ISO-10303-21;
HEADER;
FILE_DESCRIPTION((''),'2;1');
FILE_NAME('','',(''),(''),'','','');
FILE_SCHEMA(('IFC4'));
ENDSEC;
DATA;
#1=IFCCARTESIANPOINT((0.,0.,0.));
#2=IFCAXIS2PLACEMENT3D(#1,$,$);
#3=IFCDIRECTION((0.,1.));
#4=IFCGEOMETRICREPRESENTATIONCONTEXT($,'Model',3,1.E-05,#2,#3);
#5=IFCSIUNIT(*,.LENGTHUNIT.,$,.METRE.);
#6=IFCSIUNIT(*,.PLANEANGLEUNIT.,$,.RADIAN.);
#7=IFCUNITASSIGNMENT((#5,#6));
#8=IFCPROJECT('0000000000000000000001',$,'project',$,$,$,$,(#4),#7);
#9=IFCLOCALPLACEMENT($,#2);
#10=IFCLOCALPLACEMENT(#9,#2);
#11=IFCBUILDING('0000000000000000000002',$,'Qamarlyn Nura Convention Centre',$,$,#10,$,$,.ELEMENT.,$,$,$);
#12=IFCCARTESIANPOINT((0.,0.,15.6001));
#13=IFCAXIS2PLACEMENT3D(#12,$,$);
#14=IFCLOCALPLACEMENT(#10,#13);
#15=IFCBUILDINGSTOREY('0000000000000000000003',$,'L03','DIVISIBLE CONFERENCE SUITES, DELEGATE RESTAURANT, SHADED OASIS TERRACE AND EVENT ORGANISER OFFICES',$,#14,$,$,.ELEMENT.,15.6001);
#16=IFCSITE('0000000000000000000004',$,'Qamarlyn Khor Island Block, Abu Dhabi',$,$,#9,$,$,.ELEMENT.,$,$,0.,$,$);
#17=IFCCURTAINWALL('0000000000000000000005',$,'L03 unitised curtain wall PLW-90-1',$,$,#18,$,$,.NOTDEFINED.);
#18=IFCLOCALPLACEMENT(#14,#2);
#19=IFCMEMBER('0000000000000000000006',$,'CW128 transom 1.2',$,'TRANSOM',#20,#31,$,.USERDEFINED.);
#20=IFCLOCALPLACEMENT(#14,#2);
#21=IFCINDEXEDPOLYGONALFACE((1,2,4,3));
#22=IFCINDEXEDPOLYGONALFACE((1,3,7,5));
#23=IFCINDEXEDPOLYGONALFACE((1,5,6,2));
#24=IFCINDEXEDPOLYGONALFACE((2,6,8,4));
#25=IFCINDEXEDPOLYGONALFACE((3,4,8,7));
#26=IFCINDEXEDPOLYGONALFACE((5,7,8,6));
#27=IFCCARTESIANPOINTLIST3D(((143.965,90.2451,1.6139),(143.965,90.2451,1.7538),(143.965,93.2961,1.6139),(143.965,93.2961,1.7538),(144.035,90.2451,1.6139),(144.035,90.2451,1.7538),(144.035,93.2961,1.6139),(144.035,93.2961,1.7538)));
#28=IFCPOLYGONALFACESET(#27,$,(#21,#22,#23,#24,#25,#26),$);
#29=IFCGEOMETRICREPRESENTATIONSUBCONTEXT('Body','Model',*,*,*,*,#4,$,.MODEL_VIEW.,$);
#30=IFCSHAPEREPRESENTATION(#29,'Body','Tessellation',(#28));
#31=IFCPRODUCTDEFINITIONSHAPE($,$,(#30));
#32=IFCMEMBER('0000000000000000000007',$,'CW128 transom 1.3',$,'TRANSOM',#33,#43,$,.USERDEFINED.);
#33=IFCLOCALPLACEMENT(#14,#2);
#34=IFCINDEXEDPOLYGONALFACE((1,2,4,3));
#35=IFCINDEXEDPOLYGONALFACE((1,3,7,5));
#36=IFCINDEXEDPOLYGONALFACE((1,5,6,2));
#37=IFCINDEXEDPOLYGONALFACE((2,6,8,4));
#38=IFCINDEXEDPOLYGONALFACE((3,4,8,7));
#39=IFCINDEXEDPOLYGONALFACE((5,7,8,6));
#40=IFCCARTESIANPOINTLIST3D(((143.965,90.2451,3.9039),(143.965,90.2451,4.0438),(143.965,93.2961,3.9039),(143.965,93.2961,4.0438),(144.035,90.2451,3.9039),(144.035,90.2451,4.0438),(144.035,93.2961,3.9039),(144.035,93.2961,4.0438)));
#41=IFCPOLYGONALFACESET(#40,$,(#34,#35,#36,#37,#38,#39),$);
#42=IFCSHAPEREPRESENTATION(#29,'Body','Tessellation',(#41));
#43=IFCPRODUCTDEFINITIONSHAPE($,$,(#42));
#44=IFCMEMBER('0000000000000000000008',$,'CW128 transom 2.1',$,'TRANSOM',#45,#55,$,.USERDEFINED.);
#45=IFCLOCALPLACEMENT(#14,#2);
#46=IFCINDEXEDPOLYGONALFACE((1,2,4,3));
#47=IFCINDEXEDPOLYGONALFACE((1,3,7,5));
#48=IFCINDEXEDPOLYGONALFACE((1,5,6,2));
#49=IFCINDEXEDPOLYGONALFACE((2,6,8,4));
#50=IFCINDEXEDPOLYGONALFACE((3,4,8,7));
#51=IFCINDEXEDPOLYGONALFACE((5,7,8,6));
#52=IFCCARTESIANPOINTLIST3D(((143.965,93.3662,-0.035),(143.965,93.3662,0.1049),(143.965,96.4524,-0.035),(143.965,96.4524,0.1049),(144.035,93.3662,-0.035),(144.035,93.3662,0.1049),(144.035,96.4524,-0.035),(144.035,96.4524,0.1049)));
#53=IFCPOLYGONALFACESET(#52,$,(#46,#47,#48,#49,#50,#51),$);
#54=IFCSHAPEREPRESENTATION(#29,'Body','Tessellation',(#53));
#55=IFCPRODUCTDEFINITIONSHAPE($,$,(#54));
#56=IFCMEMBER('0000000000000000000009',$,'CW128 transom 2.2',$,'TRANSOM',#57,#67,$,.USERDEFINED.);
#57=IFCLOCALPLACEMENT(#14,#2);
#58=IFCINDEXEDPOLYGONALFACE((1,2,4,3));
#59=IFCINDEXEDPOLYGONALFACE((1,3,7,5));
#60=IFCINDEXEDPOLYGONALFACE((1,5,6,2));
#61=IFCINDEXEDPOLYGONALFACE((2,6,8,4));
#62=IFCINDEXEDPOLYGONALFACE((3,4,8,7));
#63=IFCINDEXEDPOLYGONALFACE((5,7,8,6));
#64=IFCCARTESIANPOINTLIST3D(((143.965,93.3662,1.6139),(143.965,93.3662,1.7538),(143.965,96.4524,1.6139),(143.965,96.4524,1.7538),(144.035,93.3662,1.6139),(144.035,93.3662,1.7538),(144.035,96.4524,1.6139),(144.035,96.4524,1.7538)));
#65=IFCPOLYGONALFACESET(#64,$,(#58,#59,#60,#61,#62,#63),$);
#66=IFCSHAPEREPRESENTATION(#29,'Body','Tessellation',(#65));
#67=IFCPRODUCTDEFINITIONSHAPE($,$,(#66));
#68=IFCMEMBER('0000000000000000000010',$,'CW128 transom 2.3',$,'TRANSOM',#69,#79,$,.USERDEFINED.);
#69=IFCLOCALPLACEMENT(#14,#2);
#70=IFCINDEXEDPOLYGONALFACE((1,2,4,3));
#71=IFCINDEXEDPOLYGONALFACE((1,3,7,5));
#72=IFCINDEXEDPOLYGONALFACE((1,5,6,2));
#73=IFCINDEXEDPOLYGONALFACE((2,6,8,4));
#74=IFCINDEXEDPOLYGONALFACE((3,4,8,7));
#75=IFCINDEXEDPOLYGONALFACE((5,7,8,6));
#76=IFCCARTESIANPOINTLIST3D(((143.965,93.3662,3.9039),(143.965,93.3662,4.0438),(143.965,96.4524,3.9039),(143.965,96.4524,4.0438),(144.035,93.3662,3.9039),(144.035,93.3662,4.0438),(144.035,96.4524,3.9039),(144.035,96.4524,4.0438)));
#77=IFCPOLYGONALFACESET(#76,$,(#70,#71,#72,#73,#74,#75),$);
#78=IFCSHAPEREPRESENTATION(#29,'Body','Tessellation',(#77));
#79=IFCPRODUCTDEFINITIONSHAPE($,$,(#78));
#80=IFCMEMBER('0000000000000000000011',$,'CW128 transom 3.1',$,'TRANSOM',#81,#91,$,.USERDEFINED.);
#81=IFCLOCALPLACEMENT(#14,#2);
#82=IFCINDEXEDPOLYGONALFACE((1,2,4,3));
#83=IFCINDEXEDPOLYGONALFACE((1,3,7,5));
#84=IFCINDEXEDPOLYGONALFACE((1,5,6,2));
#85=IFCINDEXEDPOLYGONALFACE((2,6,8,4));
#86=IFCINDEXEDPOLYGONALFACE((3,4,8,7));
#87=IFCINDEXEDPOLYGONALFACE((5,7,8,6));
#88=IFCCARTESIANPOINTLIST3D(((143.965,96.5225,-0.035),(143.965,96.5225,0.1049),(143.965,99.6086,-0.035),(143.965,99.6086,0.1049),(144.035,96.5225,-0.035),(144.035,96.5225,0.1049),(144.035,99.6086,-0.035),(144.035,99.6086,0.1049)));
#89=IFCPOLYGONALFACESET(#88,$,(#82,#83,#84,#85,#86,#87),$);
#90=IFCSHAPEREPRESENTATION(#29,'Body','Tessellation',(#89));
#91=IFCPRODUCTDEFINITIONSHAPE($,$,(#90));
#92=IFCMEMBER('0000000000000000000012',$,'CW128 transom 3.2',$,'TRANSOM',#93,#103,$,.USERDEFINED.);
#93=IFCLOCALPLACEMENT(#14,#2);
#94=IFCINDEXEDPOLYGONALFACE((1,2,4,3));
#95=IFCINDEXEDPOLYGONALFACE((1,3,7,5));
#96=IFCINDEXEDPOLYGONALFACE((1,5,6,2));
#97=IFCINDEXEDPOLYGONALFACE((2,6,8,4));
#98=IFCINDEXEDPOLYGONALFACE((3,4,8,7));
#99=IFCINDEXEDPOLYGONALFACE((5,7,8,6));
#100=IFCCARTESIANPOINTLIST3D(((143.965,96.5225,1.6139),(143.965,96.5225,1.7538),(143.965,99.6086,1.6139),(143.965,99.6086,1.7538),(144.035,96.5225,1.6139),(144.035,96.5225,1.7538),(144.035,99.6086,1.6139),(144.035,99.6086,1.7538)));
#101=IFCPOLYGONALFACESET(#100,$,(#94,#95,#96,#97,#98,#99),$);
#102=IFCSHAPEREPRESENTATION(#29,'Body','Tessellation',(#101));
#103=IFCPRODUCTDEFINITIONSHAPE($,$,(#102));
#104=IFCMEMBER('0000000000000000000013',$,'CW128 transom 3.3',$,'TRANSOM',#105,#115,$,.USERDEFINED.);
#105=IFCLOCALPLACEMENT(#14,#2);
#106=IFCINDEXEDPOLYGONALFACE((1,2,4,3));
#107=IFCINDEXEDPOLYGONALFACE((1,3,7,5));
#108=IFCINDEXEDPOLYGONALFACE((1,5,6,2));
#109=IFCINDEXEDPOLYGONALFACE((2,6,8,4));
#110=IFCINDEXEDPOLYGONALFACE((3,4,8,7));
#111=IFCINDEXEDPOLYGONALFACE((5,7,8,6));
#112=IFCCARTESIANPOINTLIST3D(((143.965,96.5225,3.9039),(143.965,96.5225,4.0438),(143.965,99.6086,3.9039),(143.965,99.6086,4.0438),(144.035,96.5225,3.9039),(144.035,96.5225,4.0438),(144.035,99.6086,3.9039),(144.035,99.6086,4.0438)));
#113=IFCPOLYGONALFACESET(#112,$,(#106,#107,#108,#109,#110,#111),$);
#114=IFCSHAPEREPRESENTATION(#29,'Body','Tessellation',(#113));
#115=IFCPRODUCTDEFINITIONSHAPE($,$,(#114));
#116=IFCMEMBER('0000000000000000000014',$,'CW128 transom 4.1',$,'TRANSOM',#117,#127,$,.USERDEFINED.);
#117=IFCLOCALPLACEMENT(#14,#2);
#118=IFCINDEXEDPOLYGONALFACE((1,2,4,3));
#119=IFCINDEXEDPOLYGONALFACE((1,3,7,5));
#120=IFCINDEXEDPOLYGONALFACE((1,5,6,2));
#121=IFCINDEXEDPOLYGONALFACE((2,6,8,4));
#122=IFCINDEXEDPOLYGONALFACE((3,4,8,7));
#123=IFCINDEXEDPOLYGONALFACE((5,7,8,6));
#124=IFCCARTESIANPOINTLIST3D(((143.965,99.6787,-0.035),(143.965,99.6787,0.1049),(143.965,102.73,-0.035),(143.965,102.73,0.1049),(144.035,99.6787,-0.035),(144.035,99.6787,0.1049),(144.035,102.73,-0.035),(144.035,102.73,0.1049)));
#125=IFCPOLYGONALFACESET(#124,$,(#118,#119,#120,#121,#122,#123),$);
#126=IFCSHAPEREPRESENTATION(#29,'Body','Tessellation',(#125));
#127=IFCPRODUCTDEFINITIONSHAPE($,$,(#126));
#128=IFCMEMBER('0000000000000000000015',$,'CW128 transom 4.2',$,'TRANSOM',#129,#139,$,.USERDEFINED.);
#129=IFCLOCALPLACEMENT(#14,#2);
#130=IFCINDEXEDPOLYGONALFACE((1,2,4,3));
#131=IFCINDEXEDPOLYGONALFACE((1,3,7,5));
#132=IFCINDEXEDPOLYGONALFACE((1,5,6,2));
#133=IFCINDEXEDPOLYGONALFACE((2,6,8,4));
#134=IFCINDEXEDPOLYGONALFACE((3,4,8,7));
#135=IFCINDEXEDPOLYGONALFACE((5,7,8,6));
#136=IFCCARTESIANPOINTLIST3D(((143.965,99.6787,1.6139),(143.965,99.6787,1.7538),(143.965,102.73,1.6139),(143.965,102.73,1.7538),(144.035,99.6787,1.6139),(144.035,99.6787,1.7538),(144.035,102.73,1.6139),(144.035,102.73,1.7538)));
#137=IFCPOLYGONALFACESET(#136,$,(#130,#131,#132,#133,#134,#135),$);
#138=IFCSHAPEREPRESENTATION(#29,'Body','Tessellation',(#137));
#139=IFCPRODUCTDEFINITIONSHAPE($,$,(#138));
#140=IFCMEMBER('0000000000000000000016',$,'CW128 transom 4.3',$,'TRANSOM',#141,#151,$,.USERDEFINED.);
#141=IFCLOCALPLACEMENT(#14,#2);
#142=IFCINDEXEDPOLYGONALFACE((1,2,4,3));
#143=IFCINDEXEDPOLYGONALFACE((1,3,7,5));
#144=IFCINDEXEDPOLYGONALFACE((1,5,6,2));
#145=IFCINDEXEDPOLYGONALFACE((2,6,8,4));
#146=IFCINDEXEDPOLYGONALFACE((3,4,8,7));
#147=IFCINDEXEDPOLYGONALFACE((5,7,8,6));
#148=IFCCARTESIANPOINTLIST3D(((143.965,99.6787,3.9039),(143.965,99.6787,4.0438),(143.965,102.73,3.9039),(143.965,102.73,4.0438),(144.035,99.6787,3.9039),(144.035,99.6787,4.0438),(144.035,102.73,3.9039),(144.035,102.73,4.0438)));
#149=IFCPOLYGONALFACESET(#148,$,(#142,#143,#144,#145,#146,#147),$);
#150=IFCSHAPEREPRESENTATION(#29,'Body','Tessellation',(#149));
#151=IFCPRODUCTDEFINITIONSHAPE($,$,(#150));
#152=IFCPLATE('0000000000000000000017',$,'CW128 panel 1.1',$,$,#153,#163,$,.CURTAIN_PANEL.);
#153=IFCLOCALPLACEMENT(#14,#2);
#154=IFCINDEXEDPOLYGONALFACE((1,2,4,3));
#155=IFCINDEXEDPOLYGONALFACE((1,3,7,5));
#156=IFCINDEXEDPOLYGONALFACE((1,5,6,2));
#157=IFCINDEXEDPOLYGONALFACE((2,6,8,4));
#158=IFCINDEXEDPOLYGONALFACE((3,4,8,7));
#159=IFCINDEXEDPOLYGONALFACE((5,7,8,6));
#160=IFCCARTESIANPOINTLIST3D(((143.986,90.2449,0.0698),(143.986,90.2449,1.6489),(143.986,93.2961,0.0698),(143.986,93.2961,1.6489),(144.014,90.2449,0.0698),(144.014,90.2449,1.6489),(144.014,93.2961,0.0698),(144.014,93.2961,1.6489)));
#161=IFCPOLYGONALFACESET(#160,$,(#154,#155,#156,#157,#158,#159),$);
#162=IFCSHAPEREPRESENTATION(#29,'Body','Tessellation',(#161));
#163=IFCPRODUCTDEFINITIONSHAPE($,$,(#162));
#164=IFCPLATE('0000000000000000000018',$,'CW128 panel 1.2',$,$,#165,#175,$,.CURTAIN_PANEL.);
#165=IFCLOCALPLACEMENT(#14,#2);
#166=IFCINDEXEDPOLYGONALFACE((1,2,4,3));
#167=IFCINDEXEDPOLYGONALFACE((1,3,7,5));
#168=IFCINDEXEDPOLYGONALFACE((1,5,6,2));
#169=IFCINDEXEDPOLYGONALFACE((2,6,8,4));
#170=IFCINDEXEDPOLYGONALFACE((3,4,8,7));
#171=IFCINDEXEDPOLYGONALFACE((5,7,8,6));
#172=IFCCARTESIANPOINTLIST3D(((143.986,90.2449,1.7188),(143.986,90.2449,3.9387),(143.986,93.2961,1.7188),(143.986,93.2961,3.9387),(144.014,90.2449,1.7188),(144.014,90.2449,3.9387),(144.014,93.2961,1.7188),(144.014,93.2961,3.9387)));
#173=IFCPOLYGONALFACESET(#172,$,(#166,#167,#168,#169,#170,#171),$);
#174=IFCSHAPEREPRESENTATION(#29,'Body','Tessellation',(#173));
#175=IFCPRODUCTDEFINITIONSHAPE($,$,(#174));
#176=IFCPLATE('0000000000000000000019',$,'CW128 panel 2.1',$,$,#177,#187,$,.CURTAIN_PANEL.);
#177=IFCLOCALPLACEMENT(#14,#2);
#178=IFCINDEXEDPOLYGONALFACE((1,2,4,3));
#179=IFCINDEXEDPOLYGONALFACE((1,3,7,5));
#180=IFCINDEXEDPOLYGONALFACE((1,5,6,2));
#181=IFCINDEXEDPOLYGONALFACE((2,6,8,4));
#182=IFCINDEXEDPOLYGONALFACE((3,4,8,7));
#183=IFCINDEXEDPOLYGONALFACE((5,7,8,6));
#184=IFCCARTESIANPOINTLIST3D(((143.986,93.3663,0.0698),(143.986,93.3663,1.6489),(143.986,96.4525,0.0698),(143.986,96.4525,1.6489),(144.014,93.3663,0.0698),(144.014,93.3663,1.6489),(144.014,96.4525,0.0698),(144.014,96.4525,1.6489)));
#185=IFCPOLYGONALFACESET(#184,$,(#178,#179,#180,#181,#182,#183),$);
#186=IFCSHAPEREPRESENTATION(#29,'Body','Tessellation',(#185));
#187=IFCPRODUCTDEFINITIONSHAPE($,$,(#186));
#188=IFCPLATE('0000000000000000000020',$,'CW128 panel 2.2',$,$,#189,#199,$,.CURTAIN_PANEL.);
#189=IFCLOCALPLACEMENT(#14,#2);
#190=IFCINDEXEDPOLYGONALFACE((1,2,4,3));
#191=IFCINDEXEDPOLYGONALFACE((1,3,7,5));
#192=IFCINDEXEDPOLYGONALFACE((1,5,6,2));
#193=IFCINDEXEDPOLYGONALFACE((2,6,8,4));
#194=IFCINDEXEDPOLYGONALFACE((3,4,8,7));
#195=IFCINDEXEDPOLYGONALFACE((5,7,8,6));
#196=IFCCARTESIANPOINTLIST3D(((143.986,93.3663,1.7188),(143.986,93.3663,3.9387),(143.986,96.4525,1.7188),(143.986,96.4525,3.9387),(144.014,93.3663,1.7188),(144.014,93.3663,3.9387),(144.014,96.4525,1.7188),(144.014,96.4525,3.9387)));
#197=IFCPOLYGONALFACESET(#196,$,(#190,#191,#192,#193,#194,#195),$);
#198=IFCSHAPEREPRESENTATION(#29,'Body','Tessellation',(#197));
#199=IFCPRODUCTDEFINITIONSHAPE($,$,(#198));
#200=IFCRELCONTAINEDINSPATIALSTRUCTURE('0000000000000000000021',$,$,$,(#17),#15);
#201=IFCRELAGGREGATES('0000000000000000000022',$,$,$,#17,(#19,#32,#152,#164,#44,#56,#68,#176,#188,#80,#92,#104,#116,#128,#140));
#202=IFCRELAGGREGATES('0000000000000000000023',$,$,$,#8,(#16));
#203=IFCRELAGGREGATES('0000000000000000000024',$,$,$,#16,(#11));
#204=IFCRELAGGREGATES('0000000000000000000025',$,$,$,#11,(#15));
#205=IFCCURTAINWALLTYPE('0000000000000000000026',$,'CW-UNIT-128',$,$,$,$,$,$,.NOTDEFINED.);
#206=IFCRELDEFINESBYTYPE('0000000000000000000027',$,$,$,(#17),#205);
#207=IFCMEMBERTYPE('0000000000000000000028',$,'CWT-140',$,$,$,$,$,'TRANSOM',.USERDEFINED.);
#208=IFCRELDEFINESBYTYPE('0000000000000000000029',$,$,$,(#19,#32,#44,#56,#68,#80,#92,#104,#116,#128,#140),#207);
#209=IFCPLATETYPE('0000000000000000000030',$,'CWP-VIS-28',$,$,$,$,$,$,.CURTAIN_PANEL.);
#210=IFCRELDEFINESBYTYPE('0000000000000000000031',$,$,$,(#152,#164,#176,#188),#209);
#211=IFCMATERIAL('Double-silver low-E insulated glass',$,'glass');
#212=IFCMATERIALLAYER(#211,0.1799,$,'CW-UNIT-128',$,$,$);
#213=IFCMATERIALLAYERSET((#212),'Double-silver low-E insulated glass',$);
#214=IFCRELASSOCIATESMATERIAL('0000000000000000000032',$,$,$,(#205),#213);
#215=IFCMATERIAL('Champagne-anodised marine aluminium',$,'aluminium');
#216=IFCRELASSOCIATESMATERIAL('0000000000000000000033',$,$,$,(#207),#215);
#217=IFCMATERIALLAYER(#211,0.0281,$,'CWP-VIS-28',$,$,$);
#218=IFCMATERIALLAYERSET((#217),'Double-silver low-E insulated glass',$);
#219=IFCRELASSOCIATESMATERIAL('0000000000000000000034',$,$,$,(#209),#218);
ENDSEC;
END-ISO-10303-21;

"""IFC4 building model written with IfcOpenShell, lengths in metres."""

from ifc_helpers import new_model, si_unit, direction, frame, origin, origin_2d, place, context, subcontext, project, spatial, rectangle, extrude, material, layer, layer_set, material_profile, profile_set, type_object, element, aggregate, save


model = new_model("IFC4")

# Units and contexts
model_context = context("Model", 3, precision=1e-05, world=origin(), true_north=direction((0.0, 1.0)))
body_context = subcontext(model_context, "Body", "Model", "MODEL_VIEW")
ifc_project = project(units=[si_unit("LENGTHUNIT", "METRE"), si_unit("PLANEANGLEUNIT", "RADIAN")], contexts=[model_context])

# Site, building, storey
site_placement = place(None, origin())
site = spatial("IfcSite", under=ifc_project, at=site_placement, Name="Qamarlyn Khor Island Block, Abu Dhabi", CompositionType="ELEMENT", RefElevation=0.0)
building_placement = place(site_placement, origin())
building = spatial("IfcBuilding", under=site, at=building_placement, Name="Qamarlyn Nura Convention Centre", CompositionType="ELEMENT")
storey_placement = place(building_placement, frame((0.0, 0.0, 15.6001)))
storey = spatial("IfcBuildingStorey", under=building, at=storey_placement, Name="L03", Description="DIVISIBLE CONFERENCE SUITES, DELEGATE RESTAURANT, SHADED OASIS TERRACE AND EVENT ORGANISER OFFICES", CompositionType="ELEMENT", Elevation=15.6001)

# Curtain wall, members, plates
ifc_material_1 = material(Name="Double-silver low-E insulated glass", Category="glass")
ifc_layer_1 = layer(ifc_material_1, 0.1799, Name="CW-UNIT-128")
ifc_layer_set_1 = layer_set([ifc_layer_1], Name="Double-silver low-E insulated glass")
curtain_wall_type = type_object("IfcCurtainWallType", Name="CW-UNIT-128", PredefinedType="NOTDEFINED", material=ifc_layer_set_1)
curtain_wall_placement = place(storey_placement, origin())
curtain_wall = element("IfcCurtainWall", 1, at=curtain_wall_placement, inside=storey, type_object=curtain_wall_type, Name="L03 unitised curtain wall PLW-90-1", PredefinedType="NOTDEFINED")
ifc_material_2 = material(Name="Champagne-anodised marine aluminium", Category="aluminium")
ifc_material_profile_1 = material_profile(ifc_material_2, rectangle(XDim=0.0701, YDim=0.1399, at=origin_2d()), Name="ALU TRANSOM 70x140")
ifc_profile_set_1 = profile_set([ifc_material_profile_1], Name="Champagne-anodised marine aluminium")
member_type_1 = type_object("IfcMemberType", Name="CWT-140", ElementType="TRANSOM", PredefinedType="USERDEFINED", material=ifc_profile_set_1)
member_1_placement = place(storey_placement, frame((144.0, 90.2451, 1.6838), z_axis=(0.0, 1.0, 0.0), x_axis=(-1.0, 0.0, 0.0)))
member_1 = element("IfcMember", 2, at=member_1_placement, type_object=member_type_1, Name="CW128 transom 1.2", ObjectType="TRANSOM", PredefinedType="USERDEFINED", context=body_context, shape_type="SweptSolid", body=[
    extrude(rectangle(XDim=0.0701, YDim=0.1399, at=origin_2d()), origin(), (0.0, 0.0, 1.0), 3.051),
])
member_2_placement = place(storey_placement, frame((144.0, 90.2451, 3.9739), z_axis=(0.0, 1.0, 0.0), x_axis=(-1.0, 0.0, 0.0)))
member_2 = element("IfcMember", 3, at=member_2_placement, type_object=member_type_1, Name="CW128 transom 1.3", ObjectType="TRANSOM", PredefinedType="USERDEFINED", context=body_context, shape_type="SweptSolid", body=[
    extrude(rectangle(XDim=0.0701, YDim=0.1399, at=origin_2d()), origin(), (0.0, 0.0, 1.0), 3.051),
])
member_3_placement = place(storey_placement, frame((144.0, 93.3662, 0.0349), z_axis=(0.0, 1.0, 0.0), x_axis=(-1.0, 0.0, 0.0)))
member_3 = element("IfcMember", 4, at=member_3_placement, type_object=member_type_1, Name="CW128 transom 2.1", ObjectType="TRANSOM", PredefinedType="USERDEFINED", context=body_context, shape_type="SweptSolid", body=[
    extrude(rectangle(XDim=0.0701, YDim=0.1399, at=origin_2d()), origin(), (0.0, 0.0, 1.0), 3.0862),
])
member_4_placement = place(storey_placement, frame((144.0, 93.3662, 1.6838), z_axis=(0.0, 1.0, 0.0), x_axis=(-1.0, 0.0, 0.0)))
member_4 = element("IfcMember", 5, at=member_4_placement, type_object=member_type_1, Name="CW128 transom 2.2", ObjectType="TRANSOM", PredefinedType="USERDEFINED", context=body_context, shape_type="SweptSolid", body=[
    extrude(rectangle(XDim=0.0701, YDim=0.1399, at=origin_2d()), origin(), (0.0, 0.0, 1.0), 3.0862),
])
member_5_placement = place(storey_placement, frame((144.0, 93.3662, 3.9739), z_axis=(0.0, 1.0, 0.0), x_axis=(-1.0, 0.0, 0.0)))
member_5 = element("IfcMember", 6, at=member_5_placement, type_object=member_type_1, Name="CW128 transom 2.3", ObjectType="TRANSOM", PredefinedType="USERDEFINED", context=body_context, shape_type="SweptSolid", body=[
    extrude(rectangle(XDim=0.0701, YDim=0.1399, at=origin_2d()), origin(), (0.0, 0.0, 1.0), 3.0862),
])
member_6_placement = place(storey_placement, frame((144.0, 96.5225, 0.0349), z_axis=(0.0, 1.0, 0.0), x_axis=(-1.0, 0.0, 0.0)))
member_6 = element("IfcMember", 7, at=member_6_placement, type_object=member_type_1, Name="CW128 transom 3.1", ObjectType="TRANSOM", PredefinedType="USERDEFINED", context=body_context, shape_type="SweptSolid", body=[
    extrude(rectangle(XDim=0.0701, YDim=0.1399, at=origin_2d()), origin(), (0.0, 0.0, 1.0), 3.0862),
])
member_7_placement = place(storey_placement, frame((144.0, 96.5225, 1.6838), z_axis=(0.0, 1.0, 0.0), x_axis=(-1.0, 0.0, 0.0)))
member_7 = element("IfcMember", 8, at=member_7_placement, type_object=member_type_1, Name="CW128 transom 3.2", ObjectType="TRANSOM", PredefinedType="USERDEFINED", context=body_context, shape_type="SweptSolid", body=[
    extrude(rectangle(XDim=0.0701, YDim=0.1399, at=origin_2d()), origin(), (0.0, 0.0, 1.0), 3.0862),
])
member_8_placement = place(storey_placement, frame((144.0, 96.5225, 3.9739), z_axis=(0.0, 1.0, 0.0), x_axis=(-1.0, 0.0, 0.0)))
member_8 = element("IfcMember", 9, at=member_8_placement, type_object=member_type_1, Name="CW128 transom 3.3", ObjectType="TRANSOM", PredefinedType="USERDEFINED", context=body_context, shape_type="SweptSolid", body=[
    extrude(rectangle(XDim=0.0701, YDim=0.1399, at=origin_2d()), origin(), (0.0, 0.0, 1.0), 3.0862),
])
member_9_placement = place(storey_placement, frame((144.0, 99.6787, 0.0349), z_axis=(0.0, 1.0, 0.0), x_axis=(-1.0, 0.0, 0.0)))
member_9 = element("IfcMember", 10, at=member_9_placement, type_object=member_type_1, Name="CW128 transom 4.1", ObjectType="TRANSOM", PredefinedType="USERDEFINED", context=body_context, shape_type="SweptSolid", body=[
    extrude(rectangle(XDim=0.0701, YDim=0.1399, at=origin_2d()), origin(), (0.0, 0.0, 1.0), 3.0513),
])
member_10_placement = place(storey_placement, frame((144.0, 99.6787, 1.6838), z_axis=(0.0, 1.0, 0.0), x_axis=(-1.0, 0.0, 0.0)))
member_10 = element("IfcMember", 11, at=member_10_placement, type_object=member_type_1, Name="CW128 transom 4.2", ObjectType="TRANSOM", PredefinedType="USERDEFINED", context=body_context, shape_type="SweptSolid", body=[
    extrude(rectangle(XDim=0.0701, YDim=0.1399, at=origin_2d()), origin(), (0.0, 0.0, 1.0), 3.0513),
])
member_11_placement = place(storey_placement, frame((144.0, 99.6787, 3.9739), z_axis=(0.0, 1.0, 0.0), x_axis=(-1.0, 0.0, 0.0)))
member_11 = element("IfcMember", 12, at=member_11_placement, type_object=member_type_1, Name="CW128 transom 4.3", ObjectType="TRANSOM", PredefinedType="USERDEFINED", context=body_context, shape_type="SweptSolid", body=[
    extrude(rectangle(XDim=0.0701, YDim=0.1399, at=origin_2d()), origin(), (0.0, 0.0, 1.0), 3.0513),
])
ifc_layer_2 = layer(ifc_material_1, 0.0281, Name="CWP-VIS-28")
ifc_layer_set_2 = layer_set([ifc_layer_2], Name="Double-silver low-E insulated glass")
plate_type = type_object("IfcPlateType", Name="CWP-VIS-28", PredefinedType="CURTAIN_PANEL", material=ifc_layer_set_2)
plate_1_placement = place(storey_placement, frame((144.0, 91.7705, 0.0698), z_axis=(0.0, 0.0, 1.0), x_axis=(0.0, 1.0, 0.0)))
plate_1 = element("IfcPlate", 13, at=plate_1_placement, type_object=plate_type, Name="CW128 panel 1.1", PredefinedType="CURTAIN_PANEL", context=body_context, shape_type="SweptSolid", body=[
    extrude(rectangle(XDim=3.0513, YDim=0.0281, at=origin_2d()), origin(), (0.0, 0.0, 1.0), 1.5791),
])
plate_2_placement = place(storey_placement, frame((144.0, 91.7705, 1.7188), z_axis=(0.0, 0.0, 1.0), x_axis=(0.0, 1.0, 0.0)))
plate_2 = element("IfcPlate", 14, at=plate_2_placement, type_object=plate_type, Name="CW128 panel 1.2", PredefinedType="CURTAIN_PANEL", context=body_context, shape_type="SweptSolid", body=[
    extrude(rectangle(XDim=3.0513, YDim=0.0281, at=origin_2d()), origin(), (0.0, 0.0, 1.0), 2.22),
])
plate_3_placement = place(storey_placement, frame((144.0, 94.9094, 0.0698), z_axis=(0.0, 0.0, 1.0), x_axis=(0.0, 1.0, 0.0)))
plate_3 = element("IfcPlate", 15, at=plate_3_placement, type_object=plate_type, Name="CW128 panel 2.1", PredefinedType="CURTAIN_PANEL", context=body_context, shape_type="SweptSolid", body=[
    extrude(rectangle(XDim=3.0862, YDim=0.0281, at=origin_2d()), origin(), (0.0, 0.0, 1.0), 1.5791),
])
plate_4_placement = place(storey_placement, frame((144.0, 94.9094, 1.7188), z_axis=(0.0, 0.0, 1.0), x_axis=(0.0, 1.0, 0.0)))
plate_4 = element("IfcPlate", 16, at=plate_4_placement, type_object=plate_type, Name="CW128 panel 2.2", PredefinedType="CURTAIN_PANEL", context=body_context, shape_type="SweptSolid", body=[
    extrude(rectangle(XDim=3.0862, YDim=0.0281, at=origin_2d()), origin(), (0.0, 0.0, 1.0), 2.22),
])
aggregate(curtain_wall, [member_1, member_2, plate_1, plate_2, member_3, member_4, member_5, plate_3, plate_4, member_6, member_7, member_8, member_9, member_10, member_11])

save(model, "model.ifc")
